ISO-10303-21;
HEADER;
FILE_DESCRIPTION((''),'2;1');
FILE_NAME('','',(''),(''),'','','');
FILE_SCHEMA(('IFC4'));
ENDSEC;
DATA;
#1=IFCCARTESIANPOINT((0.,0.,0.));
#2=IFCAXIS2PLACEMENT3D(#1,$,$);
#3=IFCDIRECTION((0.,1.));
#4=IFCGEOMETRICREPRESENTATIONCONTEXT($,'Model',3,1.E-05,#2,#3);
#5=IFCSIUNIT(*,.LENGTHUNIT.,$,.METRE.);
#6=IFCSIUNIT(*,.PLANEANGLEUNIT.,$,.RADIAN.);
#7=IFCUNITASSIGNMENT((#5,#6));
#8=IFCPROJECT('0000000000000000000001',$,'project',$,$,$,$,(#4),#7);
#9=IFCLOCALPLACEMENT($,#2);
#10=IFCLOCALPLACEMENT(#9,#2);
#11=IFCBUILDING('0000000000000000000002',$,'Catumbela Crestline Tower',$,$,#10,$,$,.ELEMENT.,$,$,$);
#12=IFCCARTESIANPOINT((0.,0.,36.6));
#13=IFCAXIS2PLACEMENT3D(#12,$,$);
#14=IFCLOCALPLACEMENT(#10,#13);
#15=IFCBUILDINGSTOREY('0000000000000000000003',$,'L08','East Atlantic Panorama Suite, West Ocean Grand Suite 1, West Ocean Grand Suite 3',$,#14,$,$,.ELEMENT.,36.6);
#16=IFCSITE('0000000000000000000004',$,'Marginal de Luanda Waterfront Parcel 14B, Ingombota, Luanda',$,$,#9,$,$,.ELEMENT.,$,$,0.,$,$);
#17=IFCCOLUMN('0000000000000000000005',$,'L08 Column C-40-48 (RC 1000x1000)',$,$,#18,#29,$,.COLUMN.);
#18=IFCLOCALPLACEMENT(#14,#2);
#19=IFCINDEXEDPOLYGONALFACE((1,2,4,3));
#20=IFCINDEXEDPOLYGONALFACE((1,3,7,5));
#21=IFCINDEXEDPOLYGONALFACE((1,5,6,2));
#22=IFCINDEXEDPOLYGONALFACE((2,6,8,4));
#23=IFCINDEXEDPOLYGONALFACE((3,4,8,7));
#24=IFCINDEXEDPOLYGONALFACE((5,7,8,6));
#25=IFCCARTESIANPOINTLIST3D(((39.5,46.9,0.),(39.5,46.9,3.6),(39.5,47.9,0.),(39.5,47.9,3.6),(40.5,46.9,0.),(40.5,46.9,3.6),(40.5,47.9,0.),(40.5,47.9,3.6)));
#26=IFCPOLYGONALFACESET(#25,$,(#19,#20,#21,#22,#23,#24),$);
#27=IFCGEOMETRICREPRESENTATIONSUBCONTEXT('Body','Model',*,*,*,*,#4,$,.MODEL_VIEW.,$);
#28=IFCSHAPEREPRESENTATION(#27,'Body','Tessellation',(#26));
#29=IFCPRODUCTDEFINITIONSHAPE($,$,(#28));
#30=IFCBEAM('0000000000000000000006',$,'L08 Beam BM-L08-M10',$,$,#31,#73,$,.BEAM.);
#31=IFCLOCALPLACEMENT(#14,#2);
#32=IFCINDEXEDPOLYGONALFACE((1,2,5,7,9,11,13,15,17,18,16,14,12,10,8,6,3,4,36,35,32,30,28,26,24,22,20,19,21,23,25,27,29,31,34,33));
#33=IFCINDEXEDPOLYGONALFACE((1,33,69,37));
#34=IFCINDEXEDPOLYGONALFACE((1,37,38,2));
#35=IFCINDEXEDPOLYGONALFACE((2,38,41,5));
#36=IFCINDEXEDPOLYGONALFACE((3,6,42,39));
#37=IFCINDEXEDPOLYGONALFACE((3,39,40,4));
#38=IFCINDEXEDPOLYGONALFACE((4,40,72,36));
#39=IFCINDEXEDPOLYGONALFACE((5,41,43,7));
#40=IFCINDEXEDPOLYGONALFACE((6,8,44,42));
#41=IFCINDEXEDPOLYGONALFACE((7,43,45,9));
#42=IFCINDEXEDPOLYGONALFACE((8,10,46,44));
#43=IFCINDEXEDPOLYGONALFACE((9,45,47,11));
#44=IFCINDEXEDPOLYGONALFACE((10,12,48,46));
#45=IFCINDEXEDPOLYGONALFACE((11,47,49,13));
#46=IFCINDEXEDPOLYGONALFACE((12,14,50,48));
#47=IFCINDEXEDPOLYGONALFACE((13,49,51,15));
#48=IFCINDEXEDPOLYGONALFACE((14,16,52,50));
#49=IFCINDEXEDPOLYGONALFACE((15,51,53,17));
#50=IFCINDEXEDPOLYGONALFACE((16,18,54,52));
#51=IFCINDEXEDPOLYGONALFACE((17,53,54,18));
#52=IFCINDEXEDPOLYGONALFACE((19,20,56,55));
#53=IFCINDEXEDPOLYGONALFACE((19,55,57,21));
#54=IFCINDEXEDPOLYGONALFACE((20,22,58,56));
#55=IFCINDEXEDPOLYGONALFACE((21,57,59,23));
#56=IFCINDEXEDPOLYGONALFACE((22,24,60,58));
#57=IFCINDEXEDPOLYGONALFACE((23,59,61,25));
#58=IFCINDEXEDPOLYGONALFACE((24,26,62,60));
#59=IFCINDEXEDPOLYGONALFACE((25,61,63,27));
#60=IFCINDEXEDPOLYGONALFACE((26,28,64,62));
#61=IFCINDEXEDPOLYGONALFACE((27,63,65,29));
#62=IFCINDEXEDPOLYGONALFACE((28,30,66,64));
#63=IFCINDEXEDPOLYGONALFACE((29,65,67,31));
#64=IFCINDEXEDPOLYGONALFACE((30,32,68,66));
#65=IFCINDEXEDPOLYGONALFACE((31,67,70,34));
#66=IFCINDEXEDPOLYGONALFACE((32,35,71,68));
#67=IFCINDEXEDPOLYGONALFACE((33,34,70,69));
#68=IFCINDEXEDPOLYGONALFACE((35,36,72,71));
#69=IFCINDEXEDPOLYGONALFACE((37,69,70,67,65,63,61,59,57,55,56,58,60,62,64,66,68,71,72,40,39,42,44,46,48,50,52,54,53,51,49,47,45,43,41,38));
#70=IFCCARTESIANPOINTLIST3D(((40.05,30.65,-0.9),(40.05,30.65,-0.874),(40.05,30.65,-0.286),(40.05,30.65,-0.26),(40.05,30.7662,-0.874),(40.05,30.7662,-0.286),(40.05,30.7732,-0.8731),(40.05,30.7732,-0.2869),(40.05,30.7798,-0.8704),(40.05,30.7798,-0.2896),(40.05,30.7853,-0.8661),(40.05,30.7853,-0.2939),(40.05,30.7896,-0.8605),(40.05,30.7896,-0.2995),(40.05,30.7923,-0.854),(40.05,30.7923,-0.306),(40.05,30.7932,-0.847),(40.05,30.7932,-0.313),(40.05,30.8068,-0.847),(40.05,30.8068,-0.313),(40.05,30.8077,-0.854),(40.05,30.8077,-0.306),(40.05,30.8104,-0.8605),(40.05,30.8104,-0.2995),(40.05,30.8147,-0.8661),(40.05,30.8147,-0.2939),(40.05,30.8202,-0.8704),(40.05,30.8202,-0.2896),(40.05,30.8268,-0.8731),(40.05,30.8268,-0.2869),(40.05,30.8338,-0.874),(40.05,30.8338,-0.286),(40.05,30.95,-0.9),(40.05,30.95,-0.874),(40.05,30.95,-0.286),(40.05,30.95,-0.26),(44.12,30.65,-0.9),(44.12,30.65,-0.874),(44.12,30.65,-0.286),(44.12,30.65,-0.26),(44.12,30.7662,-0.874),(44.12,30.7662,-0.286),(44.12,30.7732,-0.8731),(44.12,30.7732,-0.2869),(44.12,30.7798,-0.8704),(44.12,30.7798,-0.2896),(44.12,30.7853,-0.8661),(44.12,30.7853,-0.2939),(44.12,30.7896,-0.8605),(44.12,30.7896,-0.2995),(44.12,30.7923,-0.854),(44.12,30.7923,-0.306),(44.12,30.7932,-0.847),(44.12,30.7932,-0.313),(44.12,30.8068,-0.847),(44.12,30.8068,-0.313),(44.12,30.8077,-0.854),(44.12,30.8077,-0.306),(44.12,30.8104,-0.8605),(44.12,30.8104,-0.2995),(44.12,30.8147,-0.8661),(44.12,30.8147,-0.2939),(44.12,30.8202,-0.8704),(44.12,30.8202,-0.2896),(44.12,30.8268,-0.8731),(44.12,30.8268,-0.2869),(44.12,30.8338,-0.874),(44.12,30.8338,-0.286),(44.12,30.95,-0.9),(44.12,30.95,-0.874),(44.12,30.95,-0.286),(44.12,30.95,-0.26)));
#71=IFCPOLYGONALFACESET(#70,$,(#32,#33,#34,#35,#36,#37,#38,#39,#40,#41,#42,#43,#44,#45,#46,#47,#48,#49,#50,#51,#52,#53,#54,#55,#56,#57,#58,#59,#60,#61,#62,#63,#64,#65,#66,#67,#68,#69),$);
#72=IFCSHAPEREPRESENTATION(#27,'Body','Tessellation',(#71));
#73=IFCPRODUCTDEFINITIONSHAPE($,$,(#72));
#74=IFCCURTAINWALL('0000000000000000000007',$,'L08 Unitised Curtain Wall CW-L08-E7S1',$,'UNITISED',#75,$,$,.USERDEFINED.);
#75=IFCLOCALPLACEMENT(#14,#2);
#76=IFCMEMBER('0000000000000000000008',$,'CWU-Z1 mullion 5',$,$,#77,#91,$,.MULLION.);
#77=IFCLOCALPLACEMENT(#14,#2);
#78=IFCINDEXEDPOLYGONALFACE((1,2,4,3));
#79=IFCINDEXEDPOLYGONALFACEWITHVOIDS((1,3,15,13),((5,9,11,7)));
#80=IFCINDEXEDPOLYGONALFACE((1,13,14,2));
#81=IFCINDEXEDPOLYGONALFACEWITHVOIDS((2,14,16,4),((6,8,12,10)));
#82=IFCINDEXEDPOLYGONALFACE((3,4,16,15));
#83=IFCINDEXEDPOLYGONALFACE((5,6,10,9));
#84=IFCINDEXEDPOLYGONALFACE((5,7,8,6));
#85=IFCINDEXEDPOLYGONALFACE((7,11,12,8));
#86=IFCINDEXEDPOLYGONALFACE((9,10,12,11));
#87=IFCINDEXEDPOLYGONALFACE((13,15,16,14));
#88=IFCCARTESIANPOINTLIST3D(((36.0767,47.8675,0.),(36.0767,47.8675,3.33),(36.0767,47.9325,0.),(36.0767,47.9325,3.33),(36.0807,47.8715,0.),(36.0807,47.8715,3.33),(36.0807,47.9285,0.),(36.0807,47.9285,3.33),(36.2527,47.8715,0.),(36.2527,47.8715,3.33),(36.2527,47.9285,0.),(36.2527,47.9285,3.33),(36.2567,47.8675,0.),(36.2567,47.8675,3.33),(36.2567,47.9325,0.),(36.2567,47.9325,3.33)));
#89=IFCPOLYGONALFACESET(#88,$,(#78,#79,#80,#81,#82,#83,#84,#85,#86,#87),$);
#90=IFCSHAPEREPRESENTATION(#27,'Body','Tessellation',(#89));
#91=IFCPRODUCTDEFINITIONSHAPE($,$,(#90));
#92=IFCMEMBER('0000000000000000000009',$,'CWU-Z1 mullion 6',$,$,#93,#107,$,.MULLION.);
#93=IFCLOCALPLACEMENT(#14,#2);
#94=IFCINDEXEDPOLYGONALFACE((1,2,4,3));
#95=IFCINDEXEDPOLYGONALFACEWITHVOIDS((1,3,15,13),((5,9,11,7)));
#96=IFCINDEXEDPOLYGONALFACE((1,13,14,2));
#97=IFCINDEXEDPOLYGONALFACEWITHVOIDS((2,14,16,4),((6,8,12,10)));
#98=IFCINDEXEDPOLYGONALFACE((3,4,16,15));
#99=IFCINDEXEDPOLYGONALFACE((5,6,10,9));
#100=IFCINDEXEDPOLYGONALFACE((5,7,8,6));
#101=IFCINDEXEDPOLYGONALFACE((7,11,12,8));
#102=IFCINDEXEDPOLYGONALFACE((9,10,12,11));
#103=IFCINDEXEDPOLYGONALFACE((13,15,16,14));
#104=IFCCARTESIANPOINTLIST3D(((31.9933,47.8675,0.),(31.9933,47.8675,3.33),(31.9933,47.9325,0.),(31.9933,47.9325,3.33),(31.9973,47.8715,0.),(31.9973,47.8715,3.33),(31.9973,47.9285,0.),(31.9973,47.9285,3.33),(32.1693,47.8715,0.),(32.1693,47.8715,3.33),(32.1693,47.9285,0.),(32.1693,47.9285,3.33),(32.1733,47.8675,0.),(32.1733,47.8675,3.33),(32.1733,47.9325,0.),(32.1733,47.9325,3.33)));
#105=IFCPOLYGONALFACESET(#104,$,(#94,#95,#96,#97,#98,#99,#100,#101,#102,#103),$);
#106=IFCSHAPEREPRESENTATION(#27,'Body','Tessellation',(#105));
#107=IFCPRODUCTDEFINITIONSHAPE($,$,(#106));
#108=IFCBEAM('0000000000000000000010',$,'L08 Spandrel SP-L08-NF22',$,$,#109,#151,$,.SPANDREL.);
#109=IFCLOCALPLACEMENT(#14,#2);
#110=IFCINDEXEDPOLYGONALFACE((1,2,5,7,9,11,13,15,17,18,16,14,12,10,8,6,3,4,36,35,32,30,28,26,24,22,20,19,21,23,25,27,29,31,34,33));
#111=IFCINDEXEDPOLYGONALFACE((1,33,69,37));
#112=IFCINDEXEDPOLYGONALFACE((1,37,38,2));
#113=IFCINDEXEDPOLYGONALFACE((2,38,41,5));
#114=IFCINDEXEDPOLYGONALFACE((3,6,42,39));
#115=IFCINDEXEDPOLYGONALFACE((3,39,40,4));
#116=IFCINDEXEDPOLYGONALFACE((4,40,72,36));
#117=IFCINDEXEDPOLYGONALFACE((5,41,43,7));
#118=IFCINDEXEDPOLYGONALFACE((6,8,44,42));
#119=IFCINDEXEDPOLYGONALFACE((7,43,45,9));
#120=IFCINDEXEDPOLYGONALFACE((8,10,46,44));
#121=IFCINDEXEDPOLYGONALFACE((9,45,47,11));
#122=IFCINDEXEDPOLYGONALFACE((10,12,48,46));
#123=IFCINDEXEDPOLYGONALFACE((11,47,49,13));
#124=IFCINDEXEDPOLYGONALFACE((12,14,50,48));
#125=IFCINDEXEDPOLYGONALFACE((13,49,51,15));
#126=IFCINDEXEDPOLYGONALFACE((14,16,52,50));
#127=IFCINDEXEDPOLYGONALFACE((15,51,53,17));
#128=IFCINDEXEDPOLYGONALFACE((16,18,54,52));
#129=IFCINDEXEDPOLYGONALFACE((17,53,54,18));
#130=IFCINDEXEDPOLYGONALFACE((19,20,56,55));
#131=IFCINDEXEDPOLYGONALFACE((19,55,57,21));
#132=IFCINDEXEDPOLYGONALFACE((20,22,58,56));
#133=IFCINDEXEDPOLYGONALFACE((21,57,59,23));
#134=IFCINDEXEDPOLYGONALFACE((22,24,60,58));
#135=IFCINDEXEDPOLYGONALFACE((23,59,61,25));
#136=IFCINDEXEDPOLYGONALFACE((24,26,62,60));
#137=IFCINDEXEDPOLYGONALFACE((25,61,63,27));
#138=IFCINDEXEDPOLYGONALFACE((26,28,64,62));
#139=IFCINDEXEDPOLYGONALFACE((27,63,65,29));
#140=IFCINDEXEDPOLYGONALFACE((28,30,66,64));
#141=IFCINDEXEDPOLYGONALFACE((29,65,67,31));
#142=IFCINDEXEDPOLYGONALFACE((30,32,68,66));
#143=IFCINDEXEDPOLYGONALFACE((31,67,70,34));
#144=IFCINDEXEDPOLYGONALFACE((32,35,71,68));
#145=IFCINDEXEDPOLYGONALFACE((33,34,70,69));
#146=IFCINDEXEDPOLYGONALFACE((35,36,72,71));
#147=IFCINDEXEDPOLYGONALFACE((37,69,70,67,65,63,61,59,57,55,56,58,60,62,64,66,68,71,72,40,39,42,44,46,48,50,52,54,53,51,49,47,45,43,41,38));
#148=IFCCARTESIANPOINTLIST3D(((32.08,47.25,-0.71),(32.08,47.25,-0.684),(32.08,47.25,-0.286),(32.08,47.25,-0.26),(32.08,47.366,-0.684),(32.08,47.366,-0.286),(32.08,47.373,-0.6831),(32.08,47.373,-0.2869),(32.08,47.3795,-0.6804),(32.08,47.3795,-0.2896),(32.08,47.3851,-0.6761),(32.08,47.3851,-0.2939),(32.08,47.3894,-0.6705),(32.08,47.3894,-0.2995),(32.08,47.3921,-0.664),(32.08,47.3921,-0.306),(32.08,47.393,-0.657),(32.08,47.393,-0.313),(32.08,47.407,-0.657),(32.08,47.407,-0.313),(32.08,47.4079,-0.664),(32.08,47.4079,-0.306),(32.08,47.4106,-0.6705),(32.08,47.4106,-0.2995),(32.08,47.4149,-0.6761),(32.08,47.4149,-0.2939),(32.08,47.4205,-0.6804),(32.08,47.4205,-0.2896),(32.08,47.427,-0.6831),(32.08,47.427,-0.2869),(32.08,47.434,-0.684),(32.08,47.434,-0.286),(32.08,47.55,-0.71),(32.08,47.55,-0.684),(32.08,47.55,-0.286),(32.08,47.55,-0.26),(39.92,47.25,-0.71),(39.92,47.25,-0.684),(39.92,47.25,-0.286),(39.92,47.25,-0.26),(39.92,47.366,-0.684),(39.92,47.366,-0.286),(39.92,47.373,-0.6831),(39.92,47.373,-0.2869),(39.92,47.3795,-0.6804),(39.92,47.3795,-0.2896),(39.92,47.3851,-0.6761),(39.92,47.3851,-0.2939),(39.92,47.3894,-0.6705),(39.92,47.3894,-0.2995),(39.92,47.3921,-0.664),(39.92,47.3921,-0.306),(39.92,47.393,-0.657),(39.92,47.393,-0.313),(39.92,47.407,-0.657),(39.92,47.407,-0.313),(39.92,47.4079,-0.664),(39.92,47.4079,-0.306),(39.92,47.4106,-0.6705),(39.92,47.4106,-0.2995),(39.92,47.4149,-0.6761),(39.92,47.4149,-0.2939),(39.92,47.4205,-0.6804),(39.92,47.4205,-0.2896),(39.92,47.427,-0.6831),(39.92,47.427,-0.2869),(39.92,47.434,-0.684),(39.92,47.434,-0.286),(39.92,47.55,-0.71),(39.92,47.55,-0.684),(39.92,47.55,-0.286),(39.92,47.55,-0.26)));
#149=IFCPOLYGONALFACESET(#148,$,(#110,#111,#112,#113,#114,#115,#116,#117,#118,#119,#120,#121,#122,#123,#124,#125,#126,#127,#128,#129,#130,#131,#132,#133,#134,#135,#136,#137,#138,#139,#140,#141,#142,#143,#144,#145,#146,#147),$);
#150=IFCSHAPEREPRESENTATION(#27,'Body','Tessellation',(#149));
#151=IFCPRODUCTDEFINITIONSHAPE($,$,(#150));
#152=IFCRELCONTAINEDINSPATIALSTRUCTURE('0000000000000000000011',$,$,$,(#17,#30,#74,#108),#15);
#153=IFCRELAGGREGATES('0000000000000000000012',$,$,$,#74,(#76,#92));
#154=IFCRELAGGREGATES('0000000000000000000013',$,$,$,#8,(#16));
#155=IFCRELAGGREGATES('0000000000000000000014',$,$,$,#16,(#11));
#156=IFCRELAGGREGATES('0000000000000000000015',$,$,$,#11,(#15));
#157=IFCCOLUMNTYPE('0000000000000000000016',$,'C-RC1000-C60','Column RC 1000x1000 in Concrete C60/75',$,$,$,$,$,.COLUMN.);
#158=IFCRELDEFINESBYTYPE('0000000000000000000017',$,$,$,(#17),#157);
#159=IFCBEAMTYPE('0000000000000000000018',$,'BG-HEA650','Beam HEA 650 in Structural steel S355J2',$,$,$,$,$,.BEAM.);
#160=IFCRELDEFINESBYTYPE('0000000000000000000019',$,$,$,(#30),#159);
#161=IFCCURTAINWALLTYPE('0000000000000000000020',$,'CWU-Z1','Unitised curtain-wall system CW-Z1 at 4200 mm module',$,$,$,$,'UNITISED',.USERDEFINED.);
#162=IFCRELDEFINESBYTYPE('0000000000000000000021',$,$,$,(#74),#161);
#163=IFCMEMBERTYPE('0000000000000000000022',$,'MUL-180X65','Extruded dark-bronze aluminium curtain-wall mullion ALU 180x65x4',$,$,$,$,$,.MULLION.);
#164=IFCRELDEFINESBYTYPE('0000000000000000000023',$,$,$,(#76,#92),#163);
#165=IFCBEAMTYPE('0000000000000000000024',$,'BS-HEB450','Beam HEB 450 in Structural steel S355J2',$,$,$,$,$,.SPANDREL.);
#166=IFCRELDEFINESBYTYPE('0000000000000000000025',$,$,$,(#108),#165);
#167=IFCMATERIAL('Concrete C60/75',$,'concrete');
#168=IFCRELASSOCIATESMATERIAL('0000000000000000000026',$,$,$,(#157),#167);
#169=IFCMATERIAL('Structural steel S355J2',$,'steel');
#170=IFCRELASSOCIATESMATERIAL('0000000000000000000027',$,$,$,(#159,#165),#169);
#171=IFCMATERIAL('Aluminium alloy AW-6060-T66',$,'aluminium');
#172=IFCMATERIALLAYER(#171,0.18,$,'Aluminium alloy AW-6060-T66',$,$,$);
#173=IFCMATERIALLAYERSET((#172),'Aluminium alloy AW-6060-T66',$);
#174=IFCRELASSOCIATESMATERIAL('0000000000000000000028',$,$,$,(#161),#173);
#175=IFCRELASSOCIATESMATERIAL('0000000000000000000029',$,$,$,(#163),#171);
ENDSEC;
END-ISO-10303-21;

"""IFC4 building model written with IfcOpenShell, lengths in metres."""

from ifc_helpers import new_model, si_unit, direction, frame, origin, origin_2d, place, context, subcontext, project, spatial, rectangle, hollow_rectangle, i_section, extrude, material, layer, layer_set, material_profile, profile_set, type_object, element, aggregate, save


model = new_model("IFC4")

# Units and contexts
model_context = context("Model", 3, precision=1e-05, world=origin(), true_north=direction((0.0, 1.0)))
body_context = subcontext(model_context, "Body", "Model", "MODEL_VIEW")
ifc_project = project(units=[si_unit("LENGTHUNIT", "METRE"), si_unit("PLANEANGLEUNIT", "RADIAN")], contexts=[model_context])

# Site, building, storey
site_placement = place(None, origin())
site = spatial("IfcSite", under=ifc_project, at=site_placement, Name="Marginal de Luanda Waterfront Parcel 14B, Ingombota, Luanda", CompositionType="ELEMENT", RefElevation=0.0)
building_placement = place(site_placement, origin())
building = spatial("IfcBuilding", under=site, at=building_placement, Name="Catumbela Crestline Tower", CompositionType="ELEMENT")
storey_placement = place(building_placement, frame((0.0, 0.0, 36.6)))
storey = spatial("IfcBuildingStorey", under=building, at=storey_placement, Name="L08", Description="East Atlantic Panorama Suite, West Ocean Grand Suite 1, West Ocean Grand Suite 3", CompositionType="ELEMENT", Elevation=36.6)

# Column
ifc_material_1 = material(Name="Concrete C60/75", Category="concrete")
ifc_material_profile_1 = material_profile(ifc_material_1, rectangle(XDim=1.0, YDim=1.0, at=origin_2d()), Name="RC 1000x1000")
ifc_profile_set_1 = profile_set([ifc_material_profile_1], Name="Concrete C60/75")
column_type = type_object("IfcColumnType", Name="C-RC1000-C60", Description="Column RC 1000x1000 in Concrete C60/75", PredefinedType="COLUMN", material=ifc_profile_set_1)
column_placement = place(storey_placement, frame((40.0, 47.4, 0.0), z_axis=(0.0, 0.0, 1.0), x_axis=(1.0, 0.0, 0.0)))
element("IfcColumn", 1, at=column_placement, inside=storey, type_object=column_type, Name="L08 Column C-40-48 (RC 1000x1000)", PredefinedType="COLUMN", context=body_context, shape_type="SweptSolid", body=[
    extrude(rectangle(XDim=1.0, YDim=1.0, at=origin_2d()), origin(), (0.0, 0.0, 1.0), 3.6),
])

# Beam
ifc_material_2 = material(Name="Structural steel S355J2", Category="steel")
ifc_material_profile_2 = material_profile(ifc_material_2, i_section(OverallWidth=0.3, OverallDepth=0.64, WebThickness=0.0135, FlangeThickness=0.026, FilletRadius=0.027, at=origin_2d()), Name="HEA 650")
ifc_profile_set_2 = profile_set([ifc_material_profile_2], Name="Structural steel S355J2")
beam_type_1 = type_object("IfcBeamType", Name="BG-HEA650", Description="Beam HEA 650 in Structural steel S355J2", PredefinedType="BEAM", material=ifc_profile_set_2)
beam_1_placement = place(storey_placement, frame((40.05, 30.8, -0.58), z_axis=(1.0, 0.0, 0.0), x_axis=(0.0, 1.0, 0.0)))
element("IfcBeam", 2, at=beam_1_placement, inside=storey, type_object=beam_type_1, Name="L08 Beam BM-L08-M10", PredefinedType="BEAM", context=body_context, shape_type="SweptSolid", body=[
    extrude(i_section(OverallWidth=0.3, OverallDepth=0.64, WebThickness=0.0135, FlangeThickness=0.026, FilletRadius=0.027, at=origin_2d()), origin(), (0.0, 0.0, 1.0), 4.07),
])

# Curtain wall, members
ifc_material_3 = material(Name="Aluminium alloy AW-6060-T66", Category="aluminium")
ifc_layer_1 = layer(ifc_material_3, 0.18, Name="Aluminium alloy AW-6060-T66")
ifc_layer_set_1 = layer_set([ifc_layer_1], Name="Aluminium alloy AW-6060-T66")
curtain_wall_type = type_object("IfcCurtainWallType", Name="CWU-Z1", Description="Unitised curtain-wall system CW-Z1 at 4200 mm module", ElementType="UNITISED", PredefinedType="USERDEFINED", material=ifc_layer_set_1)
curtain_wall_placement = place(storey_placement, origin())
curtain_wall = element("IfcCurtainWall", 3, at=curtain_wall_placement, inside=storey, type_object=curtain_wall_type, Name="L08 Unitised Curtain Wall CW-L08-E7S1", ObjectType="UNITISED", PredefinedType="USERDEFINED")
ifc_material_profile_3 = material_profile(ifc_material_3, hollow_rectangle(XDim=0.065, YDim=0.18, WallThickness=0.004, at=origin_2d()), Name="ALU 180x65x4")
ifc_profile_set_3 = profile_set([ifc_material_profile_3], Name="Aluminium alloy AW-6060-T66")
member_type_1 = type_object("IfcMemberType", Name="MUL-180X65", Description="Extruded dark-bronze aluminium curtain-wall mullion ALU 180x65x4", PredefinedType="MULLION", material=ifc_profile_set_3)
member_1_placement = place(storey_placement, frame((36.1667, 47.9, 0.0), z_axis=(0.0, 0.0, 1.0), x_axis=(0.0, -1.0, 0.0)))
member_1 = element("IfcMember", 4, at=member_1_placement, type_object=member_type_1, Name="CWU-Z1 mullion 5", PredefinedType="MULLION", context=body_context, shape_type="SweptSolid", body=[
    extrude(hollow_rectangle(XDim=0.065, YDim=0.18, WallThickness=0.004, at=origin_2d()), origin(), (0.0, 0.0, 1.0), 3.33),
])
member_2_placement = place(storey_placement, frame((32.0833, 47.9, 0.0), z_axis=(0.0, 0.0, 1.0), x_axis=(0.0, -1.0, 0.0)))
member_2 = element("IfcMember", 5, at=member_2_placement, type_object=member_type_1, Name="CWU-Z1 mullion 6", PredefinedType="MULLION", context=body_context, shape_type="SweptSolid", body=[
    extrude(hollow_rectangle(XDim=0.065, YDim=0.18, WallThickness=0.004, at=origin_2d()), origin(), (0.0, 0.0, 1.0), 3.33),
])

# Beam
ifc_material_profile_4 = material_profile(ifc_material_2, i_section(OverallWidth=0.3, OverallDepth=0.45, WebThickness=0.014, FlangeThickness=0.026, FilletRadius=0.027, at=origin_2d()), Name="HEB 450")
ifc_profile_set_4 = profile_set([ifc_material_profile_4], Name="Structural steel S355J2")
beam_type_2 = type_object("IfcBeamType", Name="BS-HEB450", Description="Beam HEB 450 in Structural steel S355J2", PredefinedType="SPANDREL", material=ifc_profile_set_4)
beam_2_placement = place(storey_placement, frame((32.08, 47.4, -0.485), z_axis=(1.0, 0.0, 0.0), x_axis=(0.0, 1.0, 0.0)))
element("IfcBeam", 6, at=beam_2_placement, inside=storey, type_object=beam_type_2, Name="L08 Spandrel SP-L08-NF22", PredefinedType="SPANDREL", context=body_context, shape_type="SweptSolid", body=[
    extrude(i_section(OverallWidth=0.3, OverallDepth=0.45, WebThickness=0.014, FlangeThickness=0.026, FilletRadius=0.027, at=origin_2d()), origin(), (0.0, 0.0, 1.0), 7.84),
])

aggregate(curtain_wall, [member_1, member_2])

save(model, "model.ifc")
